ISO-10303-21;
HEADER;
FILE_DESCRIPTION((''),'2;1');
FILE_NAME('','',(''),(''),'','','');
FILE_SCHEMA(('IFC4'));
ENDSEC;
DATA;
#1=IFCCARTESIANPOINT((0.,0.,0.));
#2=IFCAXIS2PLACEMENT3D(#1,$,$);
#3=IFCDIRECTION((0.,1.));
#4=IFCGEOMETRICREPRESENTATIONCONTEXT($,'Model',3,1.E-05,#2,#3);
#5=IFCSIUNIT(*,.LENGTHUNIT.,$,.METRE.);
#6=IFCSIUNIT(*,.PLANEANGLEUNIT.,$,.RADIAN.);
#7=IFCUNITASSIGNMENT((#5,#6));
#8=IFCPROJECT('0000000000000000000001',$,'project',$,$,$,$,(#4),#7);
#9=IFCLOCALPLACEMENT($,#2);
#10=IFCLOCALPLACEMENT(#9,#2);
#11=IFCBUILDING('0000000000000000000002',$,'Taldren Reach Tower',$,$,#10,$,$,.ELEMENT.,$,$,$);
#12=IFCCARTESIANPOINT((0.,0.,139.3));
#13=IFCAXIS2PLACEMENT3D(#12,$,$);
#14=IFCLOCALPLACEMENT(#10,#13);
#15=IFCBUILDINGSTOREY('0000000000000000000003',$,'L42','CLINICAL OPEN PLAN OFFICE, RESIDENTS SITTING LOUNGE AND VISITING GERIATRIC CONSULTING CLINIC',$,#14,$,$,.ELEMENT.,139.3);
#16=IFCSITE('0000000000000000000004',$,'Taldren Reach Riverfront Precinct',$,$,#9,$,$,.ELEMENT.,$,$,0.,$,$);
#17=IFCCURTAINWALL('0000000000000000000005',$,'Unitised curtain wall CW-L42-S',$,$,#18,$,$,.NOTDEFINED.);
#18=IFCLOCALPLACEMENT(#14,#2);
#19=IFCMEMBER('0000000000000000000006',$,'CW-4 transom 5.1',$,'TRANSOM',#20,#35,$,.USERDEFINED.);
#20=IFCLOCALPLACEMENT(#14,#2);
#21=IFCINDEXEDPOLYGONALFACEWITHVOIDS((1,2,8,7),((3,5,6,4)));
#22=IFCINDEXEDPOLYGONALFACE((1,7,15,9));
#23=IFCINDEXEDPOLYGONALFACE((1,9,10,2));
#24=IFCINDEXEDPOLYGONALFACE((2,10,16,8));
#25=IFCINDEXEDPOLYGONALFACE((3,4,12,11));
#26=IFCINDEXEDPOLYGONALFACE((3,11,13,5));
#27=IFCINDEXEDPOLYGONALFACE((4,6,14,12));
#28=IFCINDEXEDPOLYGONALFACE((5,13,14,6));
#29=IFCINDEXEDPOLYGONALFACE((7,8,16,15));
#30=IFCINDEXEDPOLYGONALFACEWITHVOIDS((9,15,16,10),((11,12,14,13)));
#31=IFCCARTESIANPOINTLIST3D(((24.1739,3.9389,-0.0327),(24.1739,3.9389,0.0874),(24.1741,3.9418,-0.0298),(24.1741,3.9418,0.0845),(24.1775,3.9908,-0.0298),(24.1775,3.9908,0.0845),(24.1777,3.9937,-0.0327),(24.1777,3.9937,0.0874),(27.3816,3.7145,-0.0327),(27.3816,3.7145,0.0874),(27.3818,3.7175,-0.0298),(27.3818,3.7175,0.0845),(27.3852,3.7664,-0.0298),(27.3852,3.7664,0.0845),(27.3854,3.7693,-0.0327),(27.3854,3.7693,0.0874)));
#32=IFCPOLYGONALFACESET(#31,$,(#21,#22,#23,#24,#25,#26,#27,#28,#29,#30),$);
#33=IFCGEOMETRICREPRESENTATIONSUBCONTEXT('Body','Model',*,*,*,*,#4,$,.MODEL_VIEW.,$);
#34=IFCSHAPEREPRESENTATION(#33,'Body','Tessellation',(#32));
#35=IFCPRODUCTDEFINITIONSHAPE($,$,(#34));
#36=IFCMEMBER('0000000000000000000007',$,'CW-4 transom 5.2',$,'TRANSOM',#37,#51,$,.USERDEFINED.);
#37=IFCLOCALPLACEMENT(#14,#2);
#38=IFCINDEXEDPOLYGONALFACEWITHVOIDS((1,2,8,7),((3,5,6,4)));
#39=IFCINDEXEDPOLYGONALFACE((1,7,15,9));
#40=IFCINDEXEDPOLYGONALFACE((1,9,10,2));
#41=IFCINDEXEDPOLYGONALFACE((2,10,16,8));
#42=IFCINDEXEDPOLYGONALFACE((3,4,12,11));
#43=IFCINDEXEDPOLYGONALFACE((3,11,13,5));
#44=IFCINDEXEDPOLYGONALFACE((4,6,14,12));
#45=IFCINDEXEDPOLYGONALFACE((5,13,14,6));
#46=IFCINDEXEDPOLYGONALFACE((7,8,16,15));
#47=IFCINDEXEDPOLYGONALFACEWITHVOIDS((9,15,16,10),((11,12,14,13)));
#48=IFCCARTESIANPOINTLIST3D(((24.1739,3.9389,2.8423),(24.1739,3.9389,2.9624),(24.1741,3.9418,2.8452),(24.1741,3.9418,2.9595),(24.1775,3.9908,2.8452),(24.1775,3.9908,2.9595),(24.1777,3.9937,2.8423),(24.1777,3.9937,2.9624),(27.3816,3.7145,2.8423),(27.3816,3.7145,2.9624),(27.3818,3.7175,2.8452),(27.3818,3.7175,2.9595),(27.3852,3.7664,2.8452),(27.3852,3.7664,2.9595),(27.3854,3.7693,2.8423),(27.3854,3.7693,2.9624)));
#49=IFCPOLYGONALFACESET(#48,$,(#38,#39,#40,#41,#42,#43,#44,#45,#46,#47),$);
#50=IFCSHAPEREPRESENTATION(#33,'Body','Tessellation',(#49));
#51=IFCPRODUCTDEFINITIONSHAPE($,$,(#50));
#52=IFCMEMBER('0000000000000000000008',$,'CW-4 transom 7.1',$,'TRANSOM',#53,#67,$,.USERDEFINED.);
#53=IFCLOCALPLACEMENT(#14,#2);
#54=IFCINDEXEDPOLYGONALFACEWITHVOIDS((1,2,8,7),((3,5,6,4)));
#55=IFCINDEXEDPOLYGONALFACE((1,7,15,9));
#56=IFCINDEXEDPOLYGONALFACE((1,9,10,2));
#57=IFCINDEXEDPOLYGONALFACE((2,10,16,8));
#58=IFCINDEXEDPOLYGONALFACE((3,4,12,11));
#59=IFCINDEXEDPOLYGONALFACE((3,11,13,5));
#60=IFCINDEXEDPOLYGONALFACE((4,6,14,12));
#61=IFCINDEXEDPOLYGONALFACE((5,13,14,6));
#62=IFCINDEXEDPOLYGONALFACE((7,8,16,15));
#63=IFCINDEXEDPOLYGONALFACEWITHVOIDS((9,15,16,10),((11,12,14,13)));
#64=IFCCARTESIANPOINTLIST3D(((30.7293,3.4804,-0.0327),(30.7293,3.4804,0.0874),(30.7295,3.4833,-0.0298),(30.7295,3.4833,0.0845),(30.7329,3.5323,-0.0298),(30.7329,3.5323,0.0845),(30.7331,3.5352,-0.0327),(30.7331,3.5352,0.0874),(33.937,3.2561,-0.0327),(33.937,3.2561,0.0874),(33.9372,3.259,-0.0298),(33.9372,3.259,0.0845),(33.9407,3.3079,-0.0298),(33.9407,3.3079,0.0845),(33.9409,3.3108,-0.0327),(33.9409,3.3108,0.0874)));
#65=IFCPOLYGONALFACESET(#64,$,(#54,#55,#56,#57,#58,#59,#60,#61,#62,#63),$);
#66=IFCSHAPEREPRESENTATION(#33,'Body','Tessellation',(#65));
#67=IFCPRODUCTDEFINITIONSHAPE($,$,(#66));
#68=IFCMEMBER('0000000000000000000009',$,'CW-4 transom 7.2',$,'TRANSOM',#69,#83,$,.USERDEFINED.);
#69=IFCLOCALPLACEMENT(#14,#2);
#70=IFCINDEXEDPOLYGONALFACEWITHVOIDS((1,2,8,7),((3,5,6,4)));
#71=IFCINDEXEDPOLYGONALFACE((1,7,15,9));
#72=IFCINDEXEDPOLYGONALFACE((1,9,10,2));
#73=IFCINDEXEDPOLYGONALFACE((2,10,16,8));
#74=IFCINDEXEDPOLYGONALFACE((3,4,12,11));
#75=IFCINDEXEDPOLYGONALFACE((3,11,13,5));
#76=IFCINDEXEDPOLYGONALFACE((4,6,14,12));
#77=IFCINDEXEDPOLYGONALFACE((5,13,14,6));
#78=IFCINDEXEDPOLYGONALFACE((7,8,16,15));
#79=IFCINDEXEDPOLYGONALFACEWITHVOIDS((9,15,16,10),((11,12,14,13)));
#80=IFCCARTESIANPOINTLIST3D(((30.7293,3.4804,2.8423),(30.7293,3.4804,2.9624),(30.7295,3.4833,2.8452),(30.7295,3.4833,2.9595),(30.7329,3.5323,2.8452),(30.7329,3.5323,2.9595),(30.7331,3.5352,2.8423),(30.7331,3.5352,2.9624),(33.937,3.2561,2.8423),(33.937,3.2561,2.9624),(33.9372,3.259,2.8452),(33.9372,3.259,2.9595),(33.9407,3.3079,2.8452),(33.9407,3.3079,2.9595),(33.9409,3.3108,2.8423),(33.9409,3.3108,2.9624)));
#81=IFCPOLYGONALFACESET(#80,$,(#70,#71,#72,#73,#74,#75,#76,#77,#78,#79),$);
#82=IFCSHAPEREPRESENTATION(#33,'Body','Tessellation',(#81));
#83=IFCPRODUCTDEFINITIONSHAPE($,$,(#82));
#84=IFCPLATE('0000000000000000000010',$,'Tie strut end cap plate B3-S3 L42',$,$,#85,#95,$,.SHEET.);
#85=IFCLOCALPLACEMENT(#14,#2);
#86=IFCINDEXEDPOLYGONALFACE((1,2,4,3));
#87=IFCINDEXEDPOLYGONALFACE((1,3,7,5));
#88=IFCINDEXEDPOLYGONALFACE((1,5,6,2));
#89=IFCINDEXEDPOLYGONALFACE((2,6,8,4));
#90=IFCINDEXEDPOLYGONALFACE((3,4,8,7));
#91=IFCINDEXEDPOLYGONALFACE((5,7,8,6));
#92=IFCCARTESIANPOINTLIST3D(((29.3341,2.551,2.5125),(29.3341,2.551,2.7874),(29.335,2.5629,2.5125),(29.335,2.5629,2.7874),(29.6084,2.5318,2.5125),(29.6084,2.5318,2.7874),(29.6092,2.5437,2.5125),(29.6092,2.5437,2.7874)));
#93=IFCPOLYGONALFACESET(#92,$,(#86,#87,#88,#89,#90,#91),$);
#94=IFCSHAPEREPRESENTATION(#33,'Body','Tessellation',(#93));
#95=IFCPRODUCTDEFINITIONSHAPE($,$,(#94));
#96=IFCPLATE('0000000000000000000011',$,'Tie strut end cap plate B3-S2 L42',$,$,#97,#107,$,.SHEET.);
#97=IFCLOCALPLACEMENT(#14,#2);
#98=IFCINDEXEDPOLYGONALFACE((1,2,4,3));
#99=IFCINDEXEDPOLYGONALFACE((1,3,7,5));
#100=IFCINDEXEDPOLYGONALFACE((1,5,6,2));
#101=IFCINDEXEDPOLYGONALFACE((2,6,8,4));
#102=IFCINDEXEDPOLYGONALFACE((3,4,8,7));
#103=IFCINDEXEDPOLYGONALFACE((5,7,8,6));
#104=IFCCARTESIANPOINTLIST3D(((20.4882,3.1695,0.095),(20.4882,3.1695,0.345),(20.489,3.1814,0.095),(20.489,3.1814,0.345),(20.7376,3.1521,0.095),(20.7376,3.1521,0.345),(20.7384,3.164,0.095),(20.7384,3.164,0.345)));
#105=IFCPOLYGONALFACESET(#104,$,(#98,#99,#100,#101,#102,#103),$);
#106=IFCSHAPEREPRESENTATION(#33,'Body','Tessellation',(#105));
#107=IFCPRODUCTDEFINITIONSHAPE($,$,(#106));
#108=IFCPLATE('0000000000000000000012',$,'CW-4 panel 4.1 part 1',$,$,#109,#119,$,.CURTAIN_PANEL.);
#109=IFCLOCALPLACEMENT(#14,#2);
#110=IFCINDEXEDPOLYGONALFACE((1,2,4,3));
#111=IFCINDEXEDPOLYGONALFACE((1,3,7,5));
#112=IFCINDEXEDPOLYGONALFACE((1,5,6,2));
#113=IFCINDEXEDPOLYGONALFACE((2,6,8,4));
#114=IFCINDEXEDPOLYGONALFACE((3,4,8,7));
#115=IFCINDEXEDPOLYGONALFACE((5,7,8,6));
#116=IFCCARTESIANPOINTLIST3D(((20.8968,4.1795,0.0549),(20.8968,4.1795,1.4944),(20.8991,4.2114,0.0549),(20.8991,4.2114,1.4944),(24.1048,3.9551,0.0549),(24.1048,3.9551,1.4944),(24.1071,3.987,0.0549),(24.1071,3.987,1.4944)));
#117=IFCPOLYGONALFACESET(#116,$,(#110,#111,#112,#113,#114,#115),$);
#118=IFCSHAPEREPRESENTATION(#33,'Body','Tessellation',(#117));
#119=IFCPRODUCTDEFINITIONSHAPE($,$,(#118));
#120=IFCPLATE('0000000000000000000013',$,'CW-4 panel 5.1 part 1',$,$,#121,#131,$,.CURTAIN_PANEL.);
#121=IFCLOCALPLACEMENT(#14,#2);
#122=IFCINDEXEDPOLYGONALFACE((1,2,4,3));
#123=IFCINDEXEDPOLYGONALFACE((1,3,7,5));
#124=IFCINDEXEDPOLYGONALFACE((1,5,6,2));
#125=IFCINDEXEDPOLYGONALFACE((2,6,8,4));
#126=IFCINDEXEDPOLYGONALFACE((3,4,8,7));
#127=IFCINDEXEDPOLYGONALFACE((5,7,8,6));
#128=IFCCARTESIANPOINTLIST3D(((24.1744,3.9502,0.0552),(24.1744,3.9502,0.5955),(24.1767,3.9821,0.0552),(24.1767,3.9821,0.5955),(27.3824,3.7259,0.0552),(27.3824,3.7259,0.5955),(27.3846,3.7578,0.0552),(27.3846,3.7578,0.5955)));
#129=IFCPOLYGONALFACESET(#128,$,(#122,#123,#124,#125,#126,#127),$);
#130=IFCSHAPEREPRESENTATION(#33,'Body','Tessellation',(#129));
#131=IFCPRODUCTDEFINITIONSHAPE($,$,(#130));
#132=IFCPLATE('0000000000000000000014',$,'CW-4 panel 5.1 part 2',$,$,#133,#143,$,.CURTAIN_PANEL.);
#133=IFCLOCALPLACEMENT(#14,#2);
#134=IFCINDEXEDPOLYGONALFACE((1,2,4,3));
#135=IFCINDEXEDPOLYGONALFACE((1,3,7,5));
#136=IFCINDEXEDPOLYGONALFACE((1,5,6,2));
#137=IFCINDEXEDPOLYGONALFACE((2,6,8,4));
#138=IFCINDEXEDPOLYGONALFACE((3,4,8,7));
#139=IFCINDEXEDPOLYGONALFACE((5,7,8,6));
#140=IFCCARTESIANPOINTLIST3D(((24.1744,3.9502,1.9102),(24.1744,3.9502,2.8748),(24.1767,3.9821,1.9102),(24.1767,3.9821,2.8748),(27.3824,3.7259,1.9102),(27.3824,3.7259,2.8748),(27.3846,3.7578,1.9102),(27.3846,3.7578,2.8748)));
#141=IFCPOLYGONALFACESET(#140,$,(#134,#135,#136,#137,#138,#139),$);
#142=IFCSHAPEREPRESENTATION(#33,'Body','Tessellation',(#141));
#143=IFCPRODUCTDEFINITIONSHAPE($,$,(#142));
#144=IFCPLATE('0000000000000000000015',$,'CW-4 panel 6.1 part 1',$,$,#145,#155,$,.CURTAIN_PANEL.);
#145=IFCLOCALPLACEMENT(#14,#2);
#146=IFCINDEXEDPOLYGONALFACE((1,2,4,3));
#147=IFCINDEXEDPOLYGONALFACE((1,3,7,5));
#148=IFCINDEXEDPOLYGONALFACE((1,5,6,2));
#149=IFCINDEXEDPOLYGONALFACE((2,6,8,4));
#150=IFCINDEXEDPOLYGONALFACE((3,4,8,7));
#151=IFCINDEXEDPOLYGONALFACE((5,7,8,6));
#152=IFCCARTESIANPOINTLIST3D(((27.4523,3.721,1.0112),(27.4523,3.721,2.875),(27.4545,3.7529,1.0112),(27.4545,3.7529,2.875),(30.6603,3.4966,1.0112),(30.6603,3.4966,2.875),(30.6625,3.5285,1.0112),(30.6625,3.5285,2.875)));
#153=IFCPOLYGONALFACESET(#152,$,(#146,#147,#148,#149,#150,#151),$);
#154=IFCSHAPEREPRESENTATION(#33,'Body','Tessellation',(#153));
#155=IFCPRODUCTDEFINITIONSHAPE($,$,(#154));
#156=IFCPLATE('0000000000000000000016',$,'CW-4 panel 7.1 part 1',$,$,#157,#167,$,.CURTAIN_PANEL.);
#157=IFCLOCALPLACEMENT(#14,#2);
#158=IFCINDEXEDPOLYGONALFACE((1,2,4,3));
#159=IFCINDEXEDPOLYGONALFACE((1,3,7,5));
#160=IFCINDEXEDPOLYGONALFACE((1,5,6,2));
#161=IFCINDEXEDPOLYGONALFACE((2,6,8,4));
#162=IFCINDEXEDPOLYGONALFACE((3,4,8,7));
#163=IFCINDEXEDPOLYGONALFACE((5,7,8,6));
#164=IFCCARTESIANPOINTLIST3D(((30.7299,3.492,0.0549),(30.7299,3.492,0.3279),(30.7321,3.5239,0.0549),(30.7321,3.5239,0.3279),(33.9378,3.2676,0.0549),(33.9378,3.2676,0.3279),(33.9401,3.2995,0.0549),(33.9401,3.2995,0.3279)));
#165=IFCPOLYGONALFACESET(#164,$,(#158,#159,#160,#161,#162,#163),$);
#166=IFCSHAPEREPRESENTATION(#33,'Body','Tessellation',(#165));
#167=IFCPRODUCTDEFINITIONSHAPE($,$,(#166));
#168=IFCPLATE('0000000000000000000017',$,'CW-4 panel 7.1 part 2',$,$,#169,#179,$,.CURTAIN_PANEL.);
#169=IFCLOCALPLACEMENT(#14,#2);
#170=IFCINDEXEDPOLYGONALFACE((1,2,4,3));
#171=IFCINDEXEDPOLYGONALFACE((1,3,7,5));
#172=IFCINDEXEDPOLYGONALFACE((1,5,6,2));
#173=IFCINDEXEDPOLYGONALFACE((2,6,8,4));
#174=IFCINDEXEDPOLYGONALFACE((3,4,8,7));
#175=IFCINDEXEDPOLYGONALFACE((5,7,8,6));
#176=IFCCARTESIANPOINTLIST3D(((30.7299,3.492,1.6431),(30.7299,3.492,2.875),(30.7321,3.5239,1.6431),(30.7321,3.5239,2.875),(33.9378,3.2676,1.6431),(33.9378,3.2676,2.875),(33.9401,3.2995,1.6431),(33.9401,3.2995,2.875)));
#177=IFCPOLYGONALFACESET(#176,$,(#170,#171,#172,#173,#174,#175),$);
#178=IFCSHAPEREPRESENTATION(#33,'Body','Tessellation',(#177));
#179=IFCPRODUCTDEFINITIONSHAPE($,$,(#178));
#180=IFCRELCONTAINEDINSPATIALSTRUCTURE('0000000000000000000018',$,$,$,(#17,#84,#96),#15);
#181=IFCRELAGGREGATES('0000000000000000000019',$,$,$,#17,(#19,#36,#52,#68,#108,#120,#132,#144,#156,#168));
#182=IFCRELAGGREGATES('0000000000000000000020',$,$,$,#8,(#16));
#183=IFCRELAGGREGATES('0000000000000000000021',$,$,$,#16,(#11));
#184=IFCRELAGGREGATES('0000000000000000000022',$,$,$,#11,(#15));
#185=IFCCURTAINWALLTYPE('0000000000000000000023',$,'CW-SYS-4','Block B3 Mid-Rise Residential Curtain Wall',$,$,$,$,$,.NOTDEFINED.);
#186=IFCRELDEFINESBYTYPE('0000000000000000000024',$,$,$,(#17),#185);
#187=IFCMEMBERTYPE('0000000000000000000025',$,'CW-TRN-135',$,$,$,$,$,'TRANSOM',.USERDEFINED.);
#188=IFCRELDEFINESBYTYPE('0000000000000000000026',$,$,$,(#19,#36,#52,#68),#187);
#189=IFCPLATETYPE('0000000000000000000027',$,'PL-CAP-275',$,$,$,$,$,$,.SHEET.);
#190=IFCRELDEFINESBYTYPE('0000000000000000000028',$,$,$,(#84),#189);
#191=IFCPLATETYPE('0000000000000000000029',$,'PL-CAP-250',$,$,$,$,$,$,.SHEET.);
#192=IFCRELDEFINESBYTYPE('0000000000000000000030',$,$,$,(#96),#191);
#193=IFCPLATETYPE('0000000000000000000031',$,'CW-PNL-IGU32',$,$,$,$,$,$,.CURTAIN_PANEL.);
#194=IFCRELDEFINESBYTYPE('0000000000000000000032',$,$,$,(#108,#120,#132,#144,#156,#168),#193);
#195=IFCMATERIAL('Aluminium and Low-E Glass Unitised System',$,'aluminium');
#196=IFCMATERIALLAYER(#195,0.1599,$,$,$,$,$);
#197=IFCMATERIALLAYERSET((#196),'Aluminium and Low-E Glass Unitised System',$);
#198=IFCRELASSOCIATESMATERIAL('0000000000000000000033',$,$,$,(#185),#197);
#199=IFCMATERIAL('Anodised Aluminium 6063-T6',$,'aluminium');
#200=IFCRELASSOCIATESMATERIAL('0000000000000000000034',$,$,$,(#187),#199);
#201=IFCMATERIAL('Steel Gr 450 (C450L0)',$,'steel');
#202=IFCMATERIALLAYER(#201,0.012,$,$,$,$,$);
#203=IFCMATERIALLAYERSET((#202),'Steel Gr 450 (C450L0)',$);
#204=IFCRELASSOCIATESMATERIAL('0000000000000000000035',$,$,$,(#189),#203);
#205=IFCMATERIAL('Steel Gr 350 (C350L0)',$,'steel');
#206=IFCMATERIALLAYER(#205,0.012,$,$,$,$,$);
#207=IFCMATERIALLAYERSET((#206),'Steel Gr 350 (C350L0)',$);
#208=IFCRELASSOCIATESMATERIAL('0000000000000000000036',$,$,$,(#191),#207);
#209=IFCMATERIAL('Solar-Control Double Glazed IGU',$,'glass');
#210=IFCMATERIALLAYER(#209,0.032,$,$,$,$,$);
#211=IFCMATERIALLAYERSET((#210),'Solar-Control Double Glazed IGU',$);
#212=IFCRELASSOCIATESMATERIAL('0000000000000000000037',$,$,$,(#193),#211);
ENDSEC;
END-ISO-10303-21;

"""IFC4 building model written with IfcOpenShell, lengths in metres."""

from ifc_helpers import new_model, si_unit, direction, frame, origin, origin_2d, place, context, subcontext, project, spatial, rectangle, hollow_rectangle, extrude, source, transform, mapped, material, layer, layer_set, material_profile, profile_set, type_object, element, aggregate, save


model = new_model("IFC4")

# Units and contexts
model_context = context("Model", 3, precision=1e-05, world=origin(), true_north=direction((0.0, 1.0)))
body_context = subcontext(model_context, "Body", "Model", "MODEL_VIEW")
ifc_project = project(units=[si_unit("LENGTHUNIT", "METRE"), si_unit("PLANEANGLEUNIT", "RADIAN")], contexts=[model_context])

# Site, building, storey
site_placement = place(None, origin())
site = spatial("IfcSite", under=ifc_project, at=site_placement, Name="Taldren Reach Riverfront Precinct", CompositionType="ELEMENT", RefElevation=0.0)
building_placement = place(site_placement, origin())
building = spatial("IfcBuilding", under=site, at=building_placement, Name="Taldren Reach Tower", CompositionType="ELEMENT")
storey_placement = place(building_placement, frame((0.0, 0.0, 139.3)))
storey = spatial("IfcBuildingStorey", under=building, at=storey_placement, Name="L42", Description="CLINICAL OPEN PLAN OFFICE, RESIDENTS SITTING LOUNGE AND VISITING GERIATRIC CONSULTING CLINIC", CompositionType="ELEMENT", Elevation=139.3)

# Shared definitions
ifc_material_1 = material(Name="Steel Gr 450 (C450L0)", Category="steel")
ifc_material_2 = material(Name="Steel Gr 350 (C350L0)", Category="steel")

# Curtain wall, members
ifc_material_3 = material(Name="Aluminium and Low-E Glass Unitised System", Category="aluminium")
ifc_layer_1 = layer(ifc_material_3, 0.1599)
ifc_layer_set_1 = layer_set([ifc_layer_1], Name="Aluminium and Low-E Glass Unitised System")
curtain_wall_type = type_object("IfcCurtainWallType", Name="CW-SYS-4", Description="Block B3 Mid-Rise Residential Curtain Wall", PredefinedType="NOTDEFINED", material=ifc_layer_set_1)
curtain_wall_placement = place(storey_placement, origin())
curtain_wall = element("IfcCurtainWall", 1, at=curtain_wall_placement, inside=storey, type_object=curtain_wall_type, Name="Unitised curtain wall CW-L42-S", PredefinedType="NOTDEFINED")
ifc_material_4 = material(Name="Anodised Aluminium 6063-T6", Category="aluminium")
ifc_material_profile_1 = material_profile(ifc_material_4, hollow_rectangle(XDim=0.0549, YDim=0.1201, WallThickness=0.0029, at=origin_2d()), Name="ALU-120x55x3RHS")
ifc_profile_set_1 = profile_set([ifc_material_profile_1], Name="Anodised Aluminium 6063-T6")
member_type_1 = type_object("IfcMemberType", Name="CW-TRN-135", ElementType="TRANSOM", PredefinedType="USERDEFINED", material=ifc_profile_set_1)
shared_shape_1 = source(origin(), body_context, "Body", "SweptSolid", [
    extrude(hollow_rectangle(XDim=0.0549, YDim=0.1201, WallThickness=0.0029, at=origin_2d()), origin(), (0.0, 0.0, 1.0), 3.2156),
])
member_1_placement = place(storey_placement, frame((24.1758, 3.9663, 0.0273), z_axis=(0.997563, -0.069774, 0.0), x_axis=(0.069774, 0.997563, 0.0)))
member_1 = element("IfcMember", 2, at=member_1_placement, type_object=member_type_1, Name="CW-4 transom 5.1", ObjectType="TRANSOM", PredefinedType="USERDEFINED", context=body_context, shape_type="MappedRepresentation", body=[
    mapped(shared_shape_1, transform((0.0, 0.0, 0.0), scale=1.0)),
])
member_2_placement = place(storey_placement, frame((24.1758, 3.9663, 2.9023), z_axis=(0.997563, -0.069774, 0.0), x_axis=(0.069774, 0.997563, 0.0)))
member_2 = element("IfcMember", 3, at=member_2_placement, type_object=member_type_1, Name="CW-4 transom 5.2", ObjectType="TRANSOM", PredefinedType="USERDEFINED", context=body_context, shape_type="MappedRepresentation", body=[
    mapped(shared_shape_1, transform((0.0, 0.0, 0.0), scale=1.0)),
])
member_3_placement = place(storey_placement, frame((30.7312, 3.5078, 0.0273), z_axis=(0.997563, -0.069774, 0.0), x_axis=(0.069774, 0.997563, 0.0)))
member_3 = element("IfcMember", 4, at=member_3_placement, type_object=member_type_1, Name="CW-4 transom 7.1", ObjectType="TRANSOM", PredefinedType="USERDEFINED", context=body_context, shape_type="MappedRepresentation", body=[
    mapped(shared_shape_1, transform((0.0, 0.0, 0.0), scale=1.0)),
])
member_4_placement = place(storey_placement, frame((30.7312, 3.5078, 2.9023), z_axis=(0.997563, -0.069774, 0.0), x_axis=(0.069774, 0.997563, 0.0)))
member_4 = element("IfcMember", 5, at=member_4_placement, type_object=member_type_1, Name="CW-4 transom 7.2", ObjectType="TRANSOM", PredefinedType="USERDEFINED", context=body_context, shape_type="MappedRepresentation", body=[
    mapped(shared_shape_1, transform((0.0, 0.0, 0.0), scale=1.0)),
])

# Plates
ifc_layer_2 = layer(ifc_material_1, 0.012)
ifc_layer_set_2 = layer_set([ifc_layer_2], Name="Steel Gr 450 (C450L0)")
plate_type_1 = type_object("IfcPlateType", Name="PL-CAP-275", PredefinedType="SHEET", material=ifc_layer_set_2)
shared_shape_2 = source(origin(), body_context, "Body", "SweptSolid", [
    extrude(rectangle(XDim=0.2749, YDim=0.012, at=origin_2d()), origin(), (0.0, 0.0, 1.0), 0.2749),
])
plate_1_placement = place(storey_placement, frame((29.4717, 2.5474, 2.5125), z_axis=(0.0, 0.0, 1.0), x_axis=(0.997564, -0.069756, 0.0)))
element("IfcPlate", 6, at=plate_1_placement, inside=storey, type_object=plate_type_1, Name="Tie strut end cap plate B3-S3 L42", PredefinedType="SHEET", context=body_context, shape_type="MappedRepresentation", body=[
    mapped(shared_shape_2, transform((0.0, 0.0, 0.0), scale=1.0)),
])
ifc_layer_3 = layer(ifc_material_2, 0.012)
ifc_layer_set_3 = layer_set([ifc_layer_3], Name="Steel Gr 350 (C350L0)")
plate_type_2 = type_object("IfcPlateType", Name="PL-CAP-250", PredefinedType="SHEET", material=ifc_layer_set_3)
shared_shape_3 = source(origin(), body_context, "Body", "SweptSolid", [
    extrude(rectangle(XDim=0.25, YDim=0.012, at=origin_2d()), origin(), (0.0, 0.0, 1.0), 0.25),
])
plate_2_placement = place(storey_placement, frame((20.6133, 3.1667, 0.095), z_axis=(0.0, 0.0, 1.0), x_axis=(0.997564, -0.069756, 0.0)))
element("IfcPlate", 7, at=plate_2_placement, inside=storey, type_object=plate_type_2, Name="Tie strut end cap plate B3-S2 L42", PredefinedType="SHEET", context=body_context, shape_type="MappedRepresentation", body=[
    mapped(shared_shape_3, transform((0.0, 0.0, 0.0), scale=1.0)),
])

# Plates
ifc_material_5 = material(Name="Solar-Control Double Glazed IGU", Category="glass")
ifc_layer_4 = layer(ifc_material_5, 0.032)
ifc_layer_set_4 = layer_set([ifc_layer_4], Name="Solar-Control Double Glazed IGU")
plate_type_3 = type_object("IfcPlateType", Name="CW-PNL-IGU32", PredefinedType="CURTAIN_PANEL", material=ifc_layer_set_4)
shared_shape_4 = source(origin(), body_context, "Body", "SweptSolid", [
    extrude(rectangle(XDim=3.2158, YDim=0.032, at=origin_2d()), origin(), (0.0, 0.0, 1.0), 1.4395),
])
plate_3_placement = place(storey_placement, frame((22.502, 4.0833, 0.0549), z_axis=(0.0, 0.0, 1.0), x_axis=(0.997564, -0.069757, 0.0)))
plate_3 = element("IfcPlate", 8, at=plate_3_placement, type_object=plate_type_3, Name="CW-4 panel 4.1 part 1", PredefinedType="CURTAIN_PANEL", context=body_context, shape_type="MappedRepresentation", body=[
    mapped(shared_shape_4, transform((0.0, 0.0, 0.0), scale=1.0)),
])
shared_shape_5 = source(origin(), body_context, "Body", "SweptSolid", [
    extrude(rectangle(XDim=3.2158, YDim=0.032, at=origin_2d()), origin(), (0.0, 0.0, 1.0), 0.5403),
])
plate_4_placement = place(storey_placement, frame((25.7795, 3.854, 0.0552), z_axis=(0.0, 0.0, 1.0), x_axis=(0.997564, -0.069757, 0.0)))
plate_4 = element("IfcPlate", 9, at=plate_4_placement, type_object=plate_type_3, Name="CW-4 panel 5.1 part 1", PredefinedType="CURTAIN_PANEL", context=body_context, shape_type="MappedRepresentation", body=[
    mapped(shared_shape_5, transform((0.0, 0.0, 0.0), scale=1.0)),
])
shared_shape_6 = source(origin(), body_context, "Body", "SweptSolid", [
    extrude(rectangle(XDim=3.2158, YDim=0.032, at=origin_2d()), origin(), (0.0, 0.0, 1.0), 0.9646),
])
plate_5_placement = place(storey_placement, frame((25.7795, 3.854, 1.9102), z_axis=(0.0, 0.0, 1.0), x_axis=(0.997564, -0.069757, 0.0)))
plate_5 = element("IfcPlate", 10, at=plate_5_placement, type_object=plate_type_3, Name="CW-4 panel 5.1 part 2", PredefinedType="CURTAIN_PANEL", context=body_context, shape_type="MappedRepresentation", body=[
    mapped(shared_shape_6, transform((0.0, 0.0, 0.0), scale=1.0)),
])
shared_shape_7 = source(origin(), body_context, "Body", "SweptSolid", [
    extrude(rectangle(XDim=3.2158, YDim=0.032, at=origin_2d()), origin(), (0.0, 0.0, 1.0), 1.8638),
])
plate_6_placement = place(storey_placement, frame((29.0574, 3.6248, 1.0112), z_axis=(0.0, 0.0, 1.0), x_axis=(0.997564, -0.069757, 0.0)))
plate_6 = element("IfcPlate", 11, at=plate_6_placement, type_object=plate_type_3, Name="CW-4 panel 6.1 part 1", PredefinedType="CURTAIN_PANEL", context=body_context, shape_type="MappedRepresentation", body=[
    mapped(shared_shape_7, transform((0.0, 0.0, 0.0), scale=1.0)),
])
shared_shape_8 = source(origin(), body_context, "Body", "SweptSolid", [
    extrude(rectangle(XDim=3.2158, YDim=0.032, at=origin_2d()), origin(), (0.0, 0.0, 1.0), 0.2729),
])
plate_7_placement = place(storey_placement, frame((32.335, 3.3958, 0.0549), z_axis=(0.0, 0.0, 1.0), x_axis=(0.997564, -0.069757, 0.0)))
plate_7 = element("IfcPlate", 12, at=plate_7_placement, type_object=plate_type_3, Name="CW-4 panel 7.1 part 1", PredefinedType="CURTAIN_PANEL", context=body_context, shape_type="MappedRepresentation", body=[
    mapped(shared_shape_8, transform((0.0, 0.0, 0.0), scale=1.0)),
])
shared_shape_9 = source(origin(), body_context, "Body", "SweptSolid", [
    extrude(rectangle(XDim=3.2158, YDim=0.032, at=origin_2d()), origin(), (0.0, 0.0, 1.0), 1.2319),
])
plate_8_placement = place(storey_placement, frame((32.335, 3.3958, 1.6431), z_axis=(0.0, 0.0, 1.0), x_axis=(0.997564, -0.069757, 0.0)))
plate_8 = element("IfcPlate", 13, at=plate_8_placement, type_object=plate_type_3, Name="CW-4 panel 7.1 part 2", PredefinedType="CURTAIN_PANEL", context=body_context, shape_type="MappedRepresentation", body=[
    mapped(shared_shape_9, transform((0.0, 0.0, 0.0), scale=1.0)),
])
aggregate(curtain_wall, [member_1, member_2, member_3, member_4, plate_3, plate_4, plate_5, plate_6, plate_7, plate_8])

save(model, "model.ifc")
